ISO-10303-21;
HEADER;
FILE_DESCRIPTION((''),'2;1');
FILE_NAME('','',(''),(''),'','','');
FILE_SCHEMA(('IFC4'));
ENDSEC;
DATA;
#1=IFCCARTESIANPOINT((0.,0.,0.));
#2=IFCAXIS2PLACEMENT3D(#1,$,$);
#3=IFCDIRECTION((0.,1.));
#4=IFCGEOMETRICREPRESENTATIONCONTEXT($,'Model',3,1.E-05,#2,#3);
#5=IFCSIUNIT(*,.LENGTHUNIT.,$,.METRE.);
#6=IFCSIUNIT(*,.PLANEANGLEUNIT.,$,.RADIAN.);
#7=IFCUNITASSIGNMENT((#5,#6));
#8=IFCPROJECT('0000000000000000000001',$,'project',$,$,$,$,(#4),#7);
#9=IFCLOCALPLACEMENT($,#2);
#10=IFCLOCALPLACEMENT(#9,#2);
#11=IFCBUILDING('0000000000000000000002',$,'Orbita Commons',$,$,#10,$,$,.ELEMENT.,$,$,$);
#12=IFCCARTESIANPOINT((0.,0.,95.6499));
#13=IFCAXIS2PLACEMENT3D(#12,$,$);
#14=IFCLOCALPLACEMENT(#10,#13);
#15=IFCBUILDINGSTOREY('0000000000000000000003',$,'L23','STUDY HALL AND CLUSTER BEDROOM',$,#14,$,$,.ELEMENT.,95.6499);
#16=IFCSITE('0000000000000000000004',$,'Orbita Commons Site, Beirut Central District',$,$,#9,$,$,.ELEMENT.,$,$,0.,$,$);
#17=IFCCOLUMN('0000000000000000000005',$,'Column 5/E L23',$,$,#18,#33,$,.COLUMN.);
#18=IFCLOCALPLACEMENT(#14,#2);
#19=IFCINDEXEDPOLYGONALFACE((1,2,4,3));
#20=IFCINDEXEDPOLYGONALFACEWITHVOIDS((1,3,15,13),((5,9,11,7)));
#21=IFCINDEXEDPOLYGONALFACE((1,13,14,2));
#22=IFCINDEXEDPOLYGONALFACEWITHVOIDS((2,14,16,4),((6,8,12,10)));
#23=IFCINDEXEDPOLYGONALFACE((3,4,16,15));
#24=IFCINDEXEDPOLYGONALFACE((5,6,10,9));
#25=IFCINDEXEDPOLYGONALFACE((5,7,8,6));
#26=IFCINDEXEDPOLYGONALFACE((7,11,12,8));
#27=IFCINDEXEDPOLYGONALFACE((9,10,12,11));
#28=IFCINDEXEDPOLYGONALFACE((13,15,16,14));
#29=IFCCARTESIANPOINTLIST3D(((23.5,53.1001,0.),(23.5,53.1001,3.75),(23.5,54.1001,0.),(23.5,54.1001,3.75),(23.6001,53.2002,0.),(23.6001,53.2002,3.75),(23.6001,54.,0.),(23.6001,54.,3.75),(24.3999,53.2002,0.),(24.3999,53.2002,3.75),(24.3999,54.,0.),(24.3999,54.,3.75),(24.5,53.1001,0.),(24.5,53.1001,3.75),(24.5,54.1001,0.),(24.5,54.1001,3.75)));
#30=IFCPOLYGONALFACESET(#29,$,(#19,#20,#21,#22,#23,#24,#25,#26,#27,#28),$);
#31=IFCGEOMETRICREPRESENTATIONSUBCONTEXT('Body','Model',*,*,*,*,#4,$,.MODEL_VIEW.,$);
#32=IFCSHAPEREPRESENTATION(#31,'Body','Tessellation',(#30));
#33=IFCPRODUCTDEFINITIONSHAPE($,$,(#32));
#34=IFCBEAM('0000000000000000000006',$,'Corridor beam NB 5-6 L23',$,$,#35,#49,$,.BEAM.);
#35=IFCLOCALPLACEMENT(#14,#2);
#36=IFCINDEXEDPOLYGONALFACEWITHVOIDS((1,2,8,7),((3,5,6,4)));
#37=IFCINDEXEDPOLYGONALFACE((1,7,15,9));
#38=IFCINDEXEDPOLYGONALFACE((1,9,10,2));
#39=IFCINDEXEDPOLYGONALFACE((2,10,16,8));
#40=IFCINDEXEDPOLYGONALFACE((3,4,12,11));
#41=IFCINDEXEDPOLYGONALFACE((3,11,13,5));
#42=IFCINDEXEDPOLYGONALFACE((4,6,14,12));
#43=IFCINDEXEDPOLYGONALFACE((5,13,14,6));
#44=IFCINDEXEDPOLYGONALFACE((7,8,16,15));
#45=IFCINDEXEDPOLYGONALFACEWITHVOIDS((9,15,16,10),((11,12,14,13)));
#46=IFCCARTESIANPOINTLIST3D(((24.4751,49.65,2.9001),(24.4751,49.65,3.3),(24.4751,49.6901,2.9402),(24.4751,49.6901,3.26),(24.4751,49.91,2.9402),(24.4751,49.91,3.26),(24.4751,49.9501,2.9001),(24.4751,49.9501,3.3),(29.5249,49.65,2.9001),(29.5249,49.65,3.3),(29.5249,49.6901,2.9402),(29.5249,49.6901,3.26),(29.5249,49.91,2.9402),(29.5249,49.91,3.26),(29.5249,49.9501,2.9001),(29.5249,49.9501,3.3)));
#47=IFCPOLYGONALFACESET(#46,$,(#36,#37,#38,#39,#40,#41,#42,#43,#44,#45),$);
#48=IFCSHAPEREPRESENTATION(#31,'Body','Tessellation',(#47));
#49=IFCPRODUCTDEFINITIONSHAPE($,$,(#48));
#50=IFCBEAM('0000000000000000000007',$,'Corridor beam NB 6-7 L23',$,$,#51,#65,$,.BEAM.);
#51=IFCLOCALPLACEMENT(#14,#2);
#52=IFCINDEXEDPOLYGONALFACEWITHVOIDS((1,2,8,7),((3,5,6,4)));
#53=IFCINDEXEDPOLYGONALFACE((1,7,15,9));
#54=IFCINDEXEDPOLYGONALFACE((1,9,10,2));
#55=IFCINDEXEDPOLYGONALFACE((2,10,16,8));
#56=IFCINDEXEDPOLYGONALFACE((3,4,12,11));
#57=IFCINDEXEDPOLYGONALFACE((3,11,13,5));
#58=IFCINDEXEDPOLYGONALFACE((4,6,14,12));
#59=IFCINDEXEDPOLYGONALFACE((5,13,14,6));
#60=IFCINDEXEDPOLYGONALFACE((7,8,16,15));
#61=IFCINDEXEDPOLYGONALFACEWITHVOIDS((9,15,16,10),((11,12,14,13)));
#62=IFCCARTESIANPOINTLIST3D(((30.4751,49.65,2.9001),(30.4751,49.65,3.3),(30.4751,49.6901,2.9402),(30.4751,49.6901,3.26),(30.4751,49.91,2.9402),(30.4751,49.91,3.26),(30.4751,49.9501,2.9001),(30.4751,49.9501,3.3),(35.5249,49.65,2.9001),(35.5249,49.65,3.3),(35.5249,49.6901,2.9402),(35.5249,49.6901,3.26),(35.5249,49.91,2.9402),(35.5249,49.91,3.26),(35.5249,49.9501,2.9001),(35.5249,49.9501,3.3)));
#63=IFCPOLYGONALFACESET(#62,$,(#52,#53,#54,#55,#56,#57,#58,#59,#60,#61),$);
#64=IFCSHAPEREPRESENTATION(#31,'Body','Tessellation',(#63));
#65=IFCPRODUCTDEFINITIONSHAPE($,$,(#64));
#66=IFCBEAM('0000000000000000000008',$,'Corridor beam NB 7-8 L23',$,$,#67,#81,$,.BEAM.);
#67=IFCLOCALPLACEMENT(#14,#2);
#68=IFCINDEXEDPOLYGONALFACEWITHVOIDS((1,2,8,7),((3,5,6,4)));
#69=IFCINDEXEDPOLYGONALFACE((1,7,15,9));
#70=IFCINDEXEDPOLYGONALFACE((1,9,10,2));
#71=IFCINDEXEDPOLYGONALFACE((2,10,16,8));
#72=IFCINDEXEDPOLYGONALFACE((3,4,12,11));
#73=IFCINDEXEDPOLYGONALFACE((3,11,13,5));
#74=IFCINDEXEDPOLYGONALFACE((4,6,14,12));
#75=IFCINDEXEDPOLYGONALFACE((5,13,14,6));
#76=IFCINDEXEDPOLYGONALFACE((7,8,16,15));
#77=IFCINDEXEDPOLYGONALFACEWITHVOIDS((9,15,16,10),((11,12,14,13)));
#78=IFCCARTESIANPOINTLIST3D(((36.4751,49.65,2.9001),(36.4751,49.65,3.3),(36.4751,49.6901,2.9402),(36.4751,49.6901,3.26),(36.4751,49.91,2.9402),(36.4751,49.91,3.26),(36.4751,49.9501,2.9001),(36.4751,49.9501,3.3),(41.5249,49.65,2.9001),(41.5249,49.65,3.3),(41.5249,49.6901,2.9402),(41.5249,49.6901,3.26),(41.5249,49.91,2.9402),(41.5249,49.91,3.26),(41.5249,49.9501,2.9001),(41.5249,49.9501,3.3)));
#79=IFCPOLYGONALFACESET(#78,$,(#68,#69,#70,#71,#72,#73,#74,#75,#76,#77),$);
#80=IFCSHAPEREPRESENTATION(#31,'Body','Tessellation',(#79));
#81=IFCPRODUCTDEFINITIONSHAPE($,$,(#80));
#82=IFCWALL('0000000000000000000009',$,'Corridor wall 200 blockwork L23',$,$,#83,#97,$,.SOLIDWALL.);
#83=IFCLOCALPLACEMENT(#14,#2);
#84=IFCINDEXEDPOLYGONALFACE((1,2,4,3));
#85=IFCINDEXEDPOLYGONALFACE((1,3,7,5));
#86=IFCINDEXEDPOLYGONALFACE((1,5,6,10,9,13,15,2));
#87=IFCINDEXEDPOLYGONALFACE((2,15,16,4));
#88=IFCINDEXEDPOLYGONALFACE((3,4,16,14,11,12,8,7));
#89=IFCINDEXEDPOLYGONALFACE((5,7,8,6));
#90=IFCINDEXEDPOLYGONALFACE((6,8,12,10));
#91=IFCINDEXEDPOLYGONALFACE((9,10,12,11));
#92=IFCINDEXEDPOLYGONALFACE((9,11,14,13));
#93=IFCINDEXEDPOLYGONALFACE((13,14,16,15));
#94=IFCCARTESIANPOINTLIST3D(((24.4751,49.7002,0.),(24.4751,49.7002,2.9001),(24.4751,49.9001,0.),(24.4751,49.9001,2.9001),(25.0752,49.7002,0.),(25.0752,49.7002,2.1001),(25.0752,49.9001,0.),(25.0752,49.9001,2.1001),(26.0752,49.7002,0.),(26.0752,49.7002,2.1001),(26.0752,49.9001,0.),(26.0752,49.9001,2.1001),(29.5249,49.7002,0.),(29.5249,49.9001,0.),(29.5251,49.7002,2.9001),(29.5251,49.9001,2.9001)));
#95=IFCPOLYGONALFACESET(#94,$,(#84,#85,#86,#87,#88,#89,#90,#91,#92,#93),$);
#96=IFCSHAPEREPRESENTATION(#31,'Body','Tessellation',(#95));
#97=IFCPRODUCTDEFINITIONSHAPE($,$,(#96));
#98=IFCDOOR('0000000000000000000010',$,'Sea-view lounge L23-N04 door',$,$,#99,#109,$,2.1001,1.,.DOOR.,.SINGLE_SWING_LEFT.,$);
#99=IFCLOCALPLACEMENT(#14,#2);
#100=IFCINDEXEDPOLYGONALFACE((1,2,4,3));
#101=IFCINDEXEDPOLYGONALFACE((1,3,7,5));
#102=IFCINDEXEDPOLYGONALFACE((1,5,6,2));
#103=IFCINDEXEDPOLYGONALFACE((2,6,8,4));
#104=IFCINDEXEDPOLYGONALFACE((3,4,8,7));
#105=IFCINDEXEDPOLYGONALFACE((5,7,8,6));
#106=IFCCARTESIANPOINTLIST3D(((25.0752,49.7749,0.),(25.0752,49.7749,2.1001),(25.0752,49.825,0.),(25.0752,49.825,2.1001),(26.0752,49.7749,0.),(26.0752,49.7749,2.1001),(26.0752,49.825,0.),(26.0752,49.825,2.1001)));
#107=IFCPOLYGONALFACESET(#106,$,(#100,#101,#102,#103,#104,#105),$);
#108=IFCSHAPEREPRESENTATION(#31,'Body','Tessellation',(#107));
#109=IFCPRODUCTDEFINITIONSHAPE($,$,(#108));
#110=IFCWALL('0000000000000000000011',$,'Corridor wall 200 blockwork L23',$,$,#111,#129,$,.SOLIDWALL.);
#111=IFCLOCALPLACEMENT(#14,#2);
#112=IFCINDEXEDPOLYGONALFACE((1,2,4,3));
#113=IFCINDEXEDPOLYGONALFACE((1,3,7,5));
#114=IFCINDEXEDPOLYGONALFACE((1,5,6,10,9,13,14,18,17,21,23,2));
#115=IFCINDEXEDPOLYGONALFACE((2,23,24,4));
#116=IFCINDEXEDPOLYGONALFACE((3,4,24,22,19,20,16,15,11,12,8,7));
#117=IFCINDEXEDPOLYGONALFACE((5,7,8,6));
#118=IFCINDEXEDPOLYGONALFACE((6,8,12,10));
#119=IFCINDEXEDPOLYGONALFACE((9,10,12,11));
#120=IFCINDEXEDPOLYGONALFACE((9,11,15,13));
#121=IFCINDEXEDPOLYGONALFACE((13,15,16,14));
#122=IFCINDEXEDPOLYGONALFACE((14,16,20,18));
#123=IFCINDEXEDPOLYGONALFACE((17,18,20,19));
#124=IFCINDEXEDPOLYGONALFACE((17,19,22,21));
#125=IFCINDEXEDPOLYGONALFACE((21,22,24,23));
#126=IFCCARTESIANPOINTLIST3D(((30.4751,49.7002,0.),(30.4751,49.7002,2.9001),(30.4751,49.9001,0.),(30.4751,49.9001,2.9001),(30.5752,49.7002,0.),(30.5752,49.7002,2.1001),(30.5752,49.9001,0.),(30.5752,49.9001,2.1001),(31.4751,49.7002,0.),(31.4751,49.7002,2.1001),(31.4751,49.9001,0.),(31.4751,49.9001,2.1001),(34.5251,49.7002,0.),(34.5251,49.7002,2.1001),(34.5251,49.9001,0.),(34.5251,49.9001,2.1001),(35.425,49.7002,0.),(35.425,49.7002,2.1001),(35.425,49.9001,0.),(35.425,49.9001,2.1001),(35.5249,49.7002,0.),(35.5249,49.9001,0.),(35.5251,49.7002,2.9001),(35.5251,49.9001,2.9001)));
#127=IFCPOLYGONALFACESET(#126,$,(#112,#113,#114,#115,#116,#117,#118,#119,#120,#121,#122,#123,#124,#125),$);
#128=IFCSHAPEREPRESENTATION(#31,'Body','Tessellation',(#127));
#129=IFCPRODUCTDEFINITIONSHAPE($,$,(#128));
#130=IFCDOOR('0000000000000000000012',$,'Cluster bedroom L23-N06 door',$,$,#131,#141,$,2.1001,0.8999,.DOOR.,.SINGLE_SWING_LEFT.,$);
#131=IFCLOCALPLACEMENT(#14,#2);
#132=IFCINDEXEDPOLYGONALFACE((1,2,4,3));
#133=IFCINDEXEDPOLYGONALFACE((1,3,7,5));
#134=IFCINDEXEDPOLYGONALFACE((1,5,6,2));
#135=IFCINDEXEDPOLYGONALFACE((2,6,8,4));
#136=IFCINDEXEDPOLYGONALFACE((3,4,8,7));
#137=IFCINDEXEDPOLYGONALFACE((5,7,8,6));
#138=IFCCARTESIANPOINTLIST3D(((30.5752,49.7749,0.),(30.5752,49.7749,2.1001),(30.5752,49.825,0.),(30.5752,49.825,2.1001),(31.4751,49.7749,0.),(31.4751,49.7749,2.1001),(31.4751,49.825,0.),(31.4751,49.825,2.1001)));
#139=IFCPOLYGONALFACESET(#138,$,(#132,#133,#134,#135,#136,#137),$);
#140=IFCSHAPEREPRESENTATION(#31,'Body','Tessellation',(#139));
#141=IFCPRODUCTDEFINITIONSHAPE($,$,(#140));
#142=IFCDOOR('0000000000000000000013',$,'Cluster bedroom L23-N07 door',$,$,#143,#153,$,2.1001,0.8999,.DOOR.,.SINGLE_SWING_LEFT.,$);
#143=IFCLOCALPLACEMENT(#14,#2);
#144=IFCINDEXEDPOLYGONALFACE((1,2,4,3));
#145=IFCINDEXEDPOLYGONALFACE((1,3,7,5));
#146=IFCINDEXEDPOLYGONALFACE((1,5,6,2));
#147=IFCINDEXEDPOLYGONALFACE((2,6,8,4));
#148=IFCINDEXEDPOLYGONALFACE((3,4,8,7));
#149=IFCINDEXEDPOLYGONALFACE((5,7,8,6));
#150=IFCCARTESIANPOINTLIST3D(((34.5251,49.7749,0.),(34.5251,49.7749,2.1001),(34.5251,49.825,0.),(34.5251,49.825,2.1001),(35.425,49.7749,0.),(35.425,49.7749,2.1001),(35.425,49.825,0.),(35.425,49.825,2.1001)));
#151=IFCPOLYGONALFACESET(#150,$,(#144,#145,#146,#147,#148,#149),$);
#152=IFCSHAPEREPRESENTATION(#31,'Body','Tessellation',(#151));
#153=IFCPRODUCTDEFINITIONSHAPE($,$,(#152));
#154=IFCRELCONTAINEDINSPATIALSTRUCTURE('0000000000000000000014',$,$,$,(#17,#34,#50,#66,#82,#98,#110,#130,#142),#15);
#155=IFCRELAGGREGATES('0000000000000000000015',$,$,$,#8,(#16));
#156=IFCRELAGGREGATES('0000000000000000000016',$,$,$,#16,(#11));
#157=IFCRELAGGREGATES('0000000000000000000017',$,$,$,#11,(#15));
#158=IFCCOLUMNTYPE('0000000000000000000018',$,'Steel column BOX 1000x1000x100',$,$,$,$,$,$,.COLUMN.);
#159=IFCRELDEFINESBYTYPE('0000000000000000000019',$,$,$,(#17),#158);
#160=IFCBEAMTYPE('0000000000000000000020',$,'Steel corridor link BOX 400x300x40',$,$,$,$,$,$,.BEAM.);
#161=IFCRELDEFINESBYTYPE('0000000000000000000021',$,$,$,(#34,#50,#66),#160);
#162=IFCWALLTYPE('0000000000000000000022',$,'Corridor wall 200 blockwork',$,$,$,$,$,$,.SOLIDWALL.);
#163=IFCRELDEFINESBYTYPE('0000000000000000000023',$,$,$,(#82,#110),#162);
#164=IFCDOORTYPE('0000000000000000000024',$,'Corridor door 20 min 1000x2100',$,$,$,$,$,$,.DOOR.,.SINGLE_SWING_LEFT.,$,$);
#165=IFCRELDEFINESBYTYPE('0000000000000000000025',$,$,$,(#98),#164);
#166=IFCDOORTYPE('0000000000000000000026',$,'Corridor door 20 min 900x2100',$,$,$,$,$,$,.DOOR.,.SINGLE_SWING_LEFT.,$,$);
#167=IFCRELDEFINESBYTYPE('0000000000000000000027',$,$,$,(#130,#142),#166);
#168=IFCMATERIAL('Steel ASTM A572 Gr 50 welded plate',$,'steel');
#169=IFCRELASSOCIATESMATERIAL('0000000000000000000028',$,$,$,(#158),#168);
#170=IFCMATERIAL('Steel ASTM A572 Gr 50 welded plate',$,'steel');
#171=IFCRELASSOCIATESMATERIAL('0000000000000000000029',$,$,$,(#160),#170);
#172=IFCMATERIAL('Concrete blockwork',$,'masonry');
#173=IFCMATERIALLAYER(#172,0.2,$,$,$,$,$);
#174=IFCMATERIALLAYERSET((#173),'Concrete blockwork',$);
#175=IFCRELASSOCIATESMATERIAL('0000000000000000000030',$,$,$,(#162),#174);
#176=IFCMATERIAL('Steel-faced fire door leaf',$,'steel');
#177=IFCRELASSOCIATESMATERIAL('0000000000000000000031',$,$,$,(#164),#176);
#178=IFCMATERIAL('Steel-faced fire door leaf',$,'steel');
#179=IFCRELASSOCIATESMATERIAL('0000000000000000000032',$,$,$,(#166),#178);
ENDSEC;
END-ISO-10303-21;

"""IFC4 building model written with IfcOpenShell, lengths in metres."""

from ifc_helpers import new_model, si_unit, direction, frame, frame_2d, origin, origin_2d, place, context, subcontext, project, spatial, polyline, rectangle, hollow_rectangle, outline, extrude, material, layer, layer_set, material_profile, profile_set, type_object, element, fill, save


model = new_model("IFC4")

# Units and contexts
model_context = context("Model", 3, precision=1e-05, world=origin(), true_north=direction((0.0, 1.0)))
body_context = subcontext(model_context, "Body", "Model", "MODEL_VIEW")
ifc_project = project(units=[si_unit("LENGTHUNIT", "METRE"), si_unit("PLANEANGLEUNIT", "RADIAN")], contexts=[model_context])

# Site, building, storey
site_placement = place(None, origin())
site = spatial("IfcSite", under=ifc_project, at=site_placement, Name="Orbita Commons Site, Beirut Central District", CompositionType="ELEMENT", RefElevation=0.0)
building_placement = place(site_placement, origin())
building = spatial("IfcBuilding", under=site, at=building_placement, Name="Orbita Commons", CompositionType="ELEMENT")
storey_placement = place(building_placement, frame((0.0, 0.0, 95.6499)))
storey = spatial("IfcBuildingStorey", under=building, at=storey_placement, Name="L23", Description="STUDY HALL AND CLUSTER BEDROOM", CompositionType="ELEMENT", Elevation=95.6499)

# Column
ifc_material_1 = material(Name="Steel ASTM A572 Gr 50 welded plate", Category="steel")
ifc_material_profile_1 = material_profile(ifc_material_1, hollow_rectangle(XDim=1.0, YDim=1.0, WallThickness=0.1001, at=origin_2d()), Name="BOX 1000x1000x100")
ifc_profile_set_1 = profile_set([ifc_material_profile_1], Name="Steel ASTM A572 Gr 50 welded plate")
column_type = type_object("IfcColumnType", Name="Steel column BOX 1000x1000x100", PredefinedType="COLUMN", material=ifc_profile_set_1)
column_placement = place(storey_placement, frame((24.0, 53.6001, 0.0), z_axis=(0.0, 0.0, 1.0), x_axis=(1.0, 0.0, 0.0)))
element("IfcColumn", 1, at=column_placement, inside=storey, type_object=column_type, Name="Column 5/E L23", PredefinedType="COLUMN", context=body_context, shape_type="SweptSolid", body=[
    extrude(hollow_rectangle(XDim=1.0, YDim=1.0, WallThickness=0.1001, at=origin_2d()), origin(), (0.0, 0.0, 1.0), 3.75),
])

# Beams
ifc_material_2 = material(Name="Steel ASTM A572 Gr 50 welded plate", Category="steel")
ifc_material_profile_2 = material_profile(ifc_material_2, hollow_rectangle(XDim=0.3, YDim=0.3999, WallThickness=0.04, at=origin_2d()), Name="BOX 400x300x40")
ifc_profile_set_2 = profile_set([ifc_material_profile_2], Name="Steel ASTM A572 Gr 50 welded plate")
beam_type = type_object("IfcBeamType", Name="Steel corridor link BOX 400x300x40", PredefinedType="BEAM", material=ifc_profile_set_2)
for number, where, z_axis, x_axis, name in (
    (2, (24.4751, 49.8, 3.1001), (1.0, 0.0, 0.0), (0.0, 1.0, 0.0), "Corridor beam NB 5-6 L23"),
    (3, (30.4751, 49.8, 3.1001), (1.0, 0.0, 0.0), (0.0, 1.0, 0.0), "Corridor beam NB 6-7 L23"),
    (4, (36.4751, 49.8, 3.1001), (1.0, 0.0, 0.0), (0.0, 1.0, 0.0), "Corridor beam NB 7-8 L23"),
):
    element("IfcBeam", number, at=place(storey_placement, frame(where, z_axis=z_axis, x_axis=x_axis)), inside=storey, type_object=beam_type, Name=name, PredefinedType="BEAM", context=body_context, shape_type="SweptSolid", body=[
        extrude(hollow_rectangle(XDim=0.3, YDim=0.3999, WallThickness=0.04, at=origin_2d()), origin(), (0.0, 0.0, 1.0), 5.0498),
    ])

# Wall, opening, door
ifc_material_3 = material(Name="Concrete blockwork", Category="masonry")
ifc_layer_1 = layer(ifc_material_3, 0.2)
ifc_layer_set_1 = layer_set([ifc_layer_1], Name="Concrete blockwork")
wall_type_1 = type_object("IfcWallType", Name="Corridor wall 200 blockwork", PredefinedType="SOLIDWALL", material=ifc_layer_set_1)
wall_1_placement = place(storey_placement, frame((24.4751, 49.8, 0.0), z_axis=(0.0, 0.0, 1.0), x_axis=(1.0, 0.0, 0.0)))
wall_1 = element("IfcWall", 5, at=wall_1_placement, inside=storey, type_object=wall_type_1, Name="Corridor wall 200 blockwork L23", PredefinedType="SOLIDWALL", context=body_context, shape_type="SweptSolid", body=[
    extrude(outline(polyline([(0.0, 0.0), (5.0498, 0.0), (5.05, 2.9001), (0.0, 2.9001), (0.0, 0.0)])), frame((0.0, 0.1001, 0.0), z_axis=(0.0, -1.0, 0.0), x_axis=(1.0, 0.0, 0.0)), (0.0, 0.0, 1.0), 0.2),
])
opening_1_placement = place(wall_1_placement, frame((0.6001, 0.0, 0.0)))
opening_1 = element("IfcOpeningElement", 6, at=opening_1_placement, cuts=wall_1, PredefinedType="OPENING", context=body_context, shape_type="SweptSolid", body=[
    extrude(rectangle(XDim=1.0, YDim=2.1001, at=frame_2d((0.5, 1.05))), frame((0.0, 0.1099, 0.0), z_axis=(0.0, -1.0, 0.0), x_axis=(1.0, 0.0, 0.0)), (0.0, 0.0, 1.0), 0.22),
])
ifc_material_4 = material(Name="Steel-faced fire door leaf", Category="steel")
door_type_1 = type_object("IfcDoorType", Name="Corridor door 20 min 1000x2100", OperationType="SINGLE_SWING_LEFT", PredefinedType="DOOR", material=ifc_material_4)
door_1_placement = place(opening_1_placement, origin())
door_1 = element("IfcDoor", 7, at=door_1_placement, inside=storey, type_object=door_type_1, Name="Sea-view lounge L23-N04 door", OperationType="SINGLE_SWING_LEFT", OverallHeight=2.1001, OverallWidth=1.0, PredefinedType="DOOR", context=body_context, shape_type="SweptSolid", body=[
    extrude(rectangle(XDim=1.0, YDim=2.1001, at=frame_2d((0.5, 1.05))), frame((0.0, 0.0249, 0.0), z_axis=(0.0, -1.0, 0.0), x_axis=(1.0, 0.0, 0.0)), (0.0, 0.0, 1.0), 0.05),
])
fill(opening_1, door_1)

# Wall, openings, doors
wall_2_placement = place(storey_placement, frame((30.4751, 49.8, 0.0), z_axis=(0.0, 0.0, 1.0), x_axis=(1.0, 0.0, 0.0)))
wall_2 = element("IfcWall", 8, at=wall_2_placement, inside=storey, type_object=wall_type_1, Name="Corridor wall 200 blockwork L23", PredefinedType="SOLIDWALL", context=body_context, shape_type="SweptSolid", body=[
    extrude(outline(polyline([(0.0, 0.0), (5.0498, 0.0), (5.05, 2.9001), (0.0, 2.9001), (0.0, 0.0)])), frame((0.0, 0.1001, 0.0), z_axis=(0.0, -1.0, 0.0), x_axis=(1.0, 0.0, 0.0)), (0.0, 0.0, 1.0), 0.2),
])
opening_2_placement = place(wall_2_placement, frame((0.1001, 0.0, 0.0)))
opening_2 = element("IfcOpeningElement", 9, at=opening_2_placement, cuts=wall_2, PredefinedType="OPENING", context=body_context, shape_type="SweptSolid", body=[
    extrude(rectangle(XDim=0.8999, YDim=2.1001, at=frame_2d((0.45, 1.05))), frame((0.0, 0.1099, 0.0), z_axis=(0.0, -1.0, 0.0), x_axis=(1.0, 0.0, 0.0)), (0.0, 0.0, 1.0), 0.22),
])
opening_3_placement = place(wall_2_placement, frame((4.05, 0.0, 0.0)))
opening_3 = element("IfcOpeningElement", 10, at=opening_3_placement, cuts=wall_2, PredefinedType="OPENING", context=body_context, shape_type="SweptSolid", body=[
    extrude(rectangle(XDim=0.8999, YDim=2.1001, at=frame_2d((0.45, 1.05))), frame((0.0, 0.1099, 0.0), z_axis=(0.0, -1.0, 0.0), x_axis=(1.0, 0.0, 0.0)), (0.0, 0.0, 1.0), 0.22),
])
ifc_material_5 = material(Name="Steel-faced fire door leaf", Category="steel")
door_type_2 = type_object("IfcDoorType", Name="Corridor door 20 min 900x2100", OperationType="SINGLE_SWING_LEFT", PredefinedType="DOOR", material=ifc_material_5)
door_2_placement = place(opening_2_placement, origin())
door_2 = element("IfcDoor", 11, at=door_2_placement, inside=storey, type_object=door_type_2, Name="Cluster bedroom L23-N06 door", OperationType="SINGLE_SWING_LEFT", OverallHeight=2.1001, OverallWidth=0.8999, PredefinedType="DOOR", context=body_context, shape_type="SweptSolid", body=[
    extrude(rectangle(XDim=0.8999, YDim=2.1001, at=frame_2d((0.45, 1.05))), frame((0.0, 0.0249, 0.0), z_axis=(0.0, -1.0, 0.0), x_axis=(1.0, 0.0, 0.0)), (0.0, 0.0, 1.0), 0.05),
])
fill(opening_2, door_2)
door_3_placement = place(opening_3_placement, origin())
door_3 = element("IfcDoor", 12, at=door_3_placement, inside=storey, type_object=door_type_2, Name="Cluster bedroom L23-N07 door", OperationType="SINGLE_SWING_LEFT", OverallHeight=2.1001, OverallWidth=0.8999, PredefinedType="DOOR", context=body_context, shape_type="SweptSolid", body=[
    extrude(rectangle(XDim=0.8999, YDim=2.1001, at=frame_2d((0.45, 1.05))), frame((0.0, 0.0249, 0.0), z_axis=(0.0, -1.0, 0.0), x_axis=(1.0, 0.0, 0.0)), (0.0, 0.0, 1.0), 0.05),
])
fill(opening_3, door_3)

save(model, "model.ifc")
